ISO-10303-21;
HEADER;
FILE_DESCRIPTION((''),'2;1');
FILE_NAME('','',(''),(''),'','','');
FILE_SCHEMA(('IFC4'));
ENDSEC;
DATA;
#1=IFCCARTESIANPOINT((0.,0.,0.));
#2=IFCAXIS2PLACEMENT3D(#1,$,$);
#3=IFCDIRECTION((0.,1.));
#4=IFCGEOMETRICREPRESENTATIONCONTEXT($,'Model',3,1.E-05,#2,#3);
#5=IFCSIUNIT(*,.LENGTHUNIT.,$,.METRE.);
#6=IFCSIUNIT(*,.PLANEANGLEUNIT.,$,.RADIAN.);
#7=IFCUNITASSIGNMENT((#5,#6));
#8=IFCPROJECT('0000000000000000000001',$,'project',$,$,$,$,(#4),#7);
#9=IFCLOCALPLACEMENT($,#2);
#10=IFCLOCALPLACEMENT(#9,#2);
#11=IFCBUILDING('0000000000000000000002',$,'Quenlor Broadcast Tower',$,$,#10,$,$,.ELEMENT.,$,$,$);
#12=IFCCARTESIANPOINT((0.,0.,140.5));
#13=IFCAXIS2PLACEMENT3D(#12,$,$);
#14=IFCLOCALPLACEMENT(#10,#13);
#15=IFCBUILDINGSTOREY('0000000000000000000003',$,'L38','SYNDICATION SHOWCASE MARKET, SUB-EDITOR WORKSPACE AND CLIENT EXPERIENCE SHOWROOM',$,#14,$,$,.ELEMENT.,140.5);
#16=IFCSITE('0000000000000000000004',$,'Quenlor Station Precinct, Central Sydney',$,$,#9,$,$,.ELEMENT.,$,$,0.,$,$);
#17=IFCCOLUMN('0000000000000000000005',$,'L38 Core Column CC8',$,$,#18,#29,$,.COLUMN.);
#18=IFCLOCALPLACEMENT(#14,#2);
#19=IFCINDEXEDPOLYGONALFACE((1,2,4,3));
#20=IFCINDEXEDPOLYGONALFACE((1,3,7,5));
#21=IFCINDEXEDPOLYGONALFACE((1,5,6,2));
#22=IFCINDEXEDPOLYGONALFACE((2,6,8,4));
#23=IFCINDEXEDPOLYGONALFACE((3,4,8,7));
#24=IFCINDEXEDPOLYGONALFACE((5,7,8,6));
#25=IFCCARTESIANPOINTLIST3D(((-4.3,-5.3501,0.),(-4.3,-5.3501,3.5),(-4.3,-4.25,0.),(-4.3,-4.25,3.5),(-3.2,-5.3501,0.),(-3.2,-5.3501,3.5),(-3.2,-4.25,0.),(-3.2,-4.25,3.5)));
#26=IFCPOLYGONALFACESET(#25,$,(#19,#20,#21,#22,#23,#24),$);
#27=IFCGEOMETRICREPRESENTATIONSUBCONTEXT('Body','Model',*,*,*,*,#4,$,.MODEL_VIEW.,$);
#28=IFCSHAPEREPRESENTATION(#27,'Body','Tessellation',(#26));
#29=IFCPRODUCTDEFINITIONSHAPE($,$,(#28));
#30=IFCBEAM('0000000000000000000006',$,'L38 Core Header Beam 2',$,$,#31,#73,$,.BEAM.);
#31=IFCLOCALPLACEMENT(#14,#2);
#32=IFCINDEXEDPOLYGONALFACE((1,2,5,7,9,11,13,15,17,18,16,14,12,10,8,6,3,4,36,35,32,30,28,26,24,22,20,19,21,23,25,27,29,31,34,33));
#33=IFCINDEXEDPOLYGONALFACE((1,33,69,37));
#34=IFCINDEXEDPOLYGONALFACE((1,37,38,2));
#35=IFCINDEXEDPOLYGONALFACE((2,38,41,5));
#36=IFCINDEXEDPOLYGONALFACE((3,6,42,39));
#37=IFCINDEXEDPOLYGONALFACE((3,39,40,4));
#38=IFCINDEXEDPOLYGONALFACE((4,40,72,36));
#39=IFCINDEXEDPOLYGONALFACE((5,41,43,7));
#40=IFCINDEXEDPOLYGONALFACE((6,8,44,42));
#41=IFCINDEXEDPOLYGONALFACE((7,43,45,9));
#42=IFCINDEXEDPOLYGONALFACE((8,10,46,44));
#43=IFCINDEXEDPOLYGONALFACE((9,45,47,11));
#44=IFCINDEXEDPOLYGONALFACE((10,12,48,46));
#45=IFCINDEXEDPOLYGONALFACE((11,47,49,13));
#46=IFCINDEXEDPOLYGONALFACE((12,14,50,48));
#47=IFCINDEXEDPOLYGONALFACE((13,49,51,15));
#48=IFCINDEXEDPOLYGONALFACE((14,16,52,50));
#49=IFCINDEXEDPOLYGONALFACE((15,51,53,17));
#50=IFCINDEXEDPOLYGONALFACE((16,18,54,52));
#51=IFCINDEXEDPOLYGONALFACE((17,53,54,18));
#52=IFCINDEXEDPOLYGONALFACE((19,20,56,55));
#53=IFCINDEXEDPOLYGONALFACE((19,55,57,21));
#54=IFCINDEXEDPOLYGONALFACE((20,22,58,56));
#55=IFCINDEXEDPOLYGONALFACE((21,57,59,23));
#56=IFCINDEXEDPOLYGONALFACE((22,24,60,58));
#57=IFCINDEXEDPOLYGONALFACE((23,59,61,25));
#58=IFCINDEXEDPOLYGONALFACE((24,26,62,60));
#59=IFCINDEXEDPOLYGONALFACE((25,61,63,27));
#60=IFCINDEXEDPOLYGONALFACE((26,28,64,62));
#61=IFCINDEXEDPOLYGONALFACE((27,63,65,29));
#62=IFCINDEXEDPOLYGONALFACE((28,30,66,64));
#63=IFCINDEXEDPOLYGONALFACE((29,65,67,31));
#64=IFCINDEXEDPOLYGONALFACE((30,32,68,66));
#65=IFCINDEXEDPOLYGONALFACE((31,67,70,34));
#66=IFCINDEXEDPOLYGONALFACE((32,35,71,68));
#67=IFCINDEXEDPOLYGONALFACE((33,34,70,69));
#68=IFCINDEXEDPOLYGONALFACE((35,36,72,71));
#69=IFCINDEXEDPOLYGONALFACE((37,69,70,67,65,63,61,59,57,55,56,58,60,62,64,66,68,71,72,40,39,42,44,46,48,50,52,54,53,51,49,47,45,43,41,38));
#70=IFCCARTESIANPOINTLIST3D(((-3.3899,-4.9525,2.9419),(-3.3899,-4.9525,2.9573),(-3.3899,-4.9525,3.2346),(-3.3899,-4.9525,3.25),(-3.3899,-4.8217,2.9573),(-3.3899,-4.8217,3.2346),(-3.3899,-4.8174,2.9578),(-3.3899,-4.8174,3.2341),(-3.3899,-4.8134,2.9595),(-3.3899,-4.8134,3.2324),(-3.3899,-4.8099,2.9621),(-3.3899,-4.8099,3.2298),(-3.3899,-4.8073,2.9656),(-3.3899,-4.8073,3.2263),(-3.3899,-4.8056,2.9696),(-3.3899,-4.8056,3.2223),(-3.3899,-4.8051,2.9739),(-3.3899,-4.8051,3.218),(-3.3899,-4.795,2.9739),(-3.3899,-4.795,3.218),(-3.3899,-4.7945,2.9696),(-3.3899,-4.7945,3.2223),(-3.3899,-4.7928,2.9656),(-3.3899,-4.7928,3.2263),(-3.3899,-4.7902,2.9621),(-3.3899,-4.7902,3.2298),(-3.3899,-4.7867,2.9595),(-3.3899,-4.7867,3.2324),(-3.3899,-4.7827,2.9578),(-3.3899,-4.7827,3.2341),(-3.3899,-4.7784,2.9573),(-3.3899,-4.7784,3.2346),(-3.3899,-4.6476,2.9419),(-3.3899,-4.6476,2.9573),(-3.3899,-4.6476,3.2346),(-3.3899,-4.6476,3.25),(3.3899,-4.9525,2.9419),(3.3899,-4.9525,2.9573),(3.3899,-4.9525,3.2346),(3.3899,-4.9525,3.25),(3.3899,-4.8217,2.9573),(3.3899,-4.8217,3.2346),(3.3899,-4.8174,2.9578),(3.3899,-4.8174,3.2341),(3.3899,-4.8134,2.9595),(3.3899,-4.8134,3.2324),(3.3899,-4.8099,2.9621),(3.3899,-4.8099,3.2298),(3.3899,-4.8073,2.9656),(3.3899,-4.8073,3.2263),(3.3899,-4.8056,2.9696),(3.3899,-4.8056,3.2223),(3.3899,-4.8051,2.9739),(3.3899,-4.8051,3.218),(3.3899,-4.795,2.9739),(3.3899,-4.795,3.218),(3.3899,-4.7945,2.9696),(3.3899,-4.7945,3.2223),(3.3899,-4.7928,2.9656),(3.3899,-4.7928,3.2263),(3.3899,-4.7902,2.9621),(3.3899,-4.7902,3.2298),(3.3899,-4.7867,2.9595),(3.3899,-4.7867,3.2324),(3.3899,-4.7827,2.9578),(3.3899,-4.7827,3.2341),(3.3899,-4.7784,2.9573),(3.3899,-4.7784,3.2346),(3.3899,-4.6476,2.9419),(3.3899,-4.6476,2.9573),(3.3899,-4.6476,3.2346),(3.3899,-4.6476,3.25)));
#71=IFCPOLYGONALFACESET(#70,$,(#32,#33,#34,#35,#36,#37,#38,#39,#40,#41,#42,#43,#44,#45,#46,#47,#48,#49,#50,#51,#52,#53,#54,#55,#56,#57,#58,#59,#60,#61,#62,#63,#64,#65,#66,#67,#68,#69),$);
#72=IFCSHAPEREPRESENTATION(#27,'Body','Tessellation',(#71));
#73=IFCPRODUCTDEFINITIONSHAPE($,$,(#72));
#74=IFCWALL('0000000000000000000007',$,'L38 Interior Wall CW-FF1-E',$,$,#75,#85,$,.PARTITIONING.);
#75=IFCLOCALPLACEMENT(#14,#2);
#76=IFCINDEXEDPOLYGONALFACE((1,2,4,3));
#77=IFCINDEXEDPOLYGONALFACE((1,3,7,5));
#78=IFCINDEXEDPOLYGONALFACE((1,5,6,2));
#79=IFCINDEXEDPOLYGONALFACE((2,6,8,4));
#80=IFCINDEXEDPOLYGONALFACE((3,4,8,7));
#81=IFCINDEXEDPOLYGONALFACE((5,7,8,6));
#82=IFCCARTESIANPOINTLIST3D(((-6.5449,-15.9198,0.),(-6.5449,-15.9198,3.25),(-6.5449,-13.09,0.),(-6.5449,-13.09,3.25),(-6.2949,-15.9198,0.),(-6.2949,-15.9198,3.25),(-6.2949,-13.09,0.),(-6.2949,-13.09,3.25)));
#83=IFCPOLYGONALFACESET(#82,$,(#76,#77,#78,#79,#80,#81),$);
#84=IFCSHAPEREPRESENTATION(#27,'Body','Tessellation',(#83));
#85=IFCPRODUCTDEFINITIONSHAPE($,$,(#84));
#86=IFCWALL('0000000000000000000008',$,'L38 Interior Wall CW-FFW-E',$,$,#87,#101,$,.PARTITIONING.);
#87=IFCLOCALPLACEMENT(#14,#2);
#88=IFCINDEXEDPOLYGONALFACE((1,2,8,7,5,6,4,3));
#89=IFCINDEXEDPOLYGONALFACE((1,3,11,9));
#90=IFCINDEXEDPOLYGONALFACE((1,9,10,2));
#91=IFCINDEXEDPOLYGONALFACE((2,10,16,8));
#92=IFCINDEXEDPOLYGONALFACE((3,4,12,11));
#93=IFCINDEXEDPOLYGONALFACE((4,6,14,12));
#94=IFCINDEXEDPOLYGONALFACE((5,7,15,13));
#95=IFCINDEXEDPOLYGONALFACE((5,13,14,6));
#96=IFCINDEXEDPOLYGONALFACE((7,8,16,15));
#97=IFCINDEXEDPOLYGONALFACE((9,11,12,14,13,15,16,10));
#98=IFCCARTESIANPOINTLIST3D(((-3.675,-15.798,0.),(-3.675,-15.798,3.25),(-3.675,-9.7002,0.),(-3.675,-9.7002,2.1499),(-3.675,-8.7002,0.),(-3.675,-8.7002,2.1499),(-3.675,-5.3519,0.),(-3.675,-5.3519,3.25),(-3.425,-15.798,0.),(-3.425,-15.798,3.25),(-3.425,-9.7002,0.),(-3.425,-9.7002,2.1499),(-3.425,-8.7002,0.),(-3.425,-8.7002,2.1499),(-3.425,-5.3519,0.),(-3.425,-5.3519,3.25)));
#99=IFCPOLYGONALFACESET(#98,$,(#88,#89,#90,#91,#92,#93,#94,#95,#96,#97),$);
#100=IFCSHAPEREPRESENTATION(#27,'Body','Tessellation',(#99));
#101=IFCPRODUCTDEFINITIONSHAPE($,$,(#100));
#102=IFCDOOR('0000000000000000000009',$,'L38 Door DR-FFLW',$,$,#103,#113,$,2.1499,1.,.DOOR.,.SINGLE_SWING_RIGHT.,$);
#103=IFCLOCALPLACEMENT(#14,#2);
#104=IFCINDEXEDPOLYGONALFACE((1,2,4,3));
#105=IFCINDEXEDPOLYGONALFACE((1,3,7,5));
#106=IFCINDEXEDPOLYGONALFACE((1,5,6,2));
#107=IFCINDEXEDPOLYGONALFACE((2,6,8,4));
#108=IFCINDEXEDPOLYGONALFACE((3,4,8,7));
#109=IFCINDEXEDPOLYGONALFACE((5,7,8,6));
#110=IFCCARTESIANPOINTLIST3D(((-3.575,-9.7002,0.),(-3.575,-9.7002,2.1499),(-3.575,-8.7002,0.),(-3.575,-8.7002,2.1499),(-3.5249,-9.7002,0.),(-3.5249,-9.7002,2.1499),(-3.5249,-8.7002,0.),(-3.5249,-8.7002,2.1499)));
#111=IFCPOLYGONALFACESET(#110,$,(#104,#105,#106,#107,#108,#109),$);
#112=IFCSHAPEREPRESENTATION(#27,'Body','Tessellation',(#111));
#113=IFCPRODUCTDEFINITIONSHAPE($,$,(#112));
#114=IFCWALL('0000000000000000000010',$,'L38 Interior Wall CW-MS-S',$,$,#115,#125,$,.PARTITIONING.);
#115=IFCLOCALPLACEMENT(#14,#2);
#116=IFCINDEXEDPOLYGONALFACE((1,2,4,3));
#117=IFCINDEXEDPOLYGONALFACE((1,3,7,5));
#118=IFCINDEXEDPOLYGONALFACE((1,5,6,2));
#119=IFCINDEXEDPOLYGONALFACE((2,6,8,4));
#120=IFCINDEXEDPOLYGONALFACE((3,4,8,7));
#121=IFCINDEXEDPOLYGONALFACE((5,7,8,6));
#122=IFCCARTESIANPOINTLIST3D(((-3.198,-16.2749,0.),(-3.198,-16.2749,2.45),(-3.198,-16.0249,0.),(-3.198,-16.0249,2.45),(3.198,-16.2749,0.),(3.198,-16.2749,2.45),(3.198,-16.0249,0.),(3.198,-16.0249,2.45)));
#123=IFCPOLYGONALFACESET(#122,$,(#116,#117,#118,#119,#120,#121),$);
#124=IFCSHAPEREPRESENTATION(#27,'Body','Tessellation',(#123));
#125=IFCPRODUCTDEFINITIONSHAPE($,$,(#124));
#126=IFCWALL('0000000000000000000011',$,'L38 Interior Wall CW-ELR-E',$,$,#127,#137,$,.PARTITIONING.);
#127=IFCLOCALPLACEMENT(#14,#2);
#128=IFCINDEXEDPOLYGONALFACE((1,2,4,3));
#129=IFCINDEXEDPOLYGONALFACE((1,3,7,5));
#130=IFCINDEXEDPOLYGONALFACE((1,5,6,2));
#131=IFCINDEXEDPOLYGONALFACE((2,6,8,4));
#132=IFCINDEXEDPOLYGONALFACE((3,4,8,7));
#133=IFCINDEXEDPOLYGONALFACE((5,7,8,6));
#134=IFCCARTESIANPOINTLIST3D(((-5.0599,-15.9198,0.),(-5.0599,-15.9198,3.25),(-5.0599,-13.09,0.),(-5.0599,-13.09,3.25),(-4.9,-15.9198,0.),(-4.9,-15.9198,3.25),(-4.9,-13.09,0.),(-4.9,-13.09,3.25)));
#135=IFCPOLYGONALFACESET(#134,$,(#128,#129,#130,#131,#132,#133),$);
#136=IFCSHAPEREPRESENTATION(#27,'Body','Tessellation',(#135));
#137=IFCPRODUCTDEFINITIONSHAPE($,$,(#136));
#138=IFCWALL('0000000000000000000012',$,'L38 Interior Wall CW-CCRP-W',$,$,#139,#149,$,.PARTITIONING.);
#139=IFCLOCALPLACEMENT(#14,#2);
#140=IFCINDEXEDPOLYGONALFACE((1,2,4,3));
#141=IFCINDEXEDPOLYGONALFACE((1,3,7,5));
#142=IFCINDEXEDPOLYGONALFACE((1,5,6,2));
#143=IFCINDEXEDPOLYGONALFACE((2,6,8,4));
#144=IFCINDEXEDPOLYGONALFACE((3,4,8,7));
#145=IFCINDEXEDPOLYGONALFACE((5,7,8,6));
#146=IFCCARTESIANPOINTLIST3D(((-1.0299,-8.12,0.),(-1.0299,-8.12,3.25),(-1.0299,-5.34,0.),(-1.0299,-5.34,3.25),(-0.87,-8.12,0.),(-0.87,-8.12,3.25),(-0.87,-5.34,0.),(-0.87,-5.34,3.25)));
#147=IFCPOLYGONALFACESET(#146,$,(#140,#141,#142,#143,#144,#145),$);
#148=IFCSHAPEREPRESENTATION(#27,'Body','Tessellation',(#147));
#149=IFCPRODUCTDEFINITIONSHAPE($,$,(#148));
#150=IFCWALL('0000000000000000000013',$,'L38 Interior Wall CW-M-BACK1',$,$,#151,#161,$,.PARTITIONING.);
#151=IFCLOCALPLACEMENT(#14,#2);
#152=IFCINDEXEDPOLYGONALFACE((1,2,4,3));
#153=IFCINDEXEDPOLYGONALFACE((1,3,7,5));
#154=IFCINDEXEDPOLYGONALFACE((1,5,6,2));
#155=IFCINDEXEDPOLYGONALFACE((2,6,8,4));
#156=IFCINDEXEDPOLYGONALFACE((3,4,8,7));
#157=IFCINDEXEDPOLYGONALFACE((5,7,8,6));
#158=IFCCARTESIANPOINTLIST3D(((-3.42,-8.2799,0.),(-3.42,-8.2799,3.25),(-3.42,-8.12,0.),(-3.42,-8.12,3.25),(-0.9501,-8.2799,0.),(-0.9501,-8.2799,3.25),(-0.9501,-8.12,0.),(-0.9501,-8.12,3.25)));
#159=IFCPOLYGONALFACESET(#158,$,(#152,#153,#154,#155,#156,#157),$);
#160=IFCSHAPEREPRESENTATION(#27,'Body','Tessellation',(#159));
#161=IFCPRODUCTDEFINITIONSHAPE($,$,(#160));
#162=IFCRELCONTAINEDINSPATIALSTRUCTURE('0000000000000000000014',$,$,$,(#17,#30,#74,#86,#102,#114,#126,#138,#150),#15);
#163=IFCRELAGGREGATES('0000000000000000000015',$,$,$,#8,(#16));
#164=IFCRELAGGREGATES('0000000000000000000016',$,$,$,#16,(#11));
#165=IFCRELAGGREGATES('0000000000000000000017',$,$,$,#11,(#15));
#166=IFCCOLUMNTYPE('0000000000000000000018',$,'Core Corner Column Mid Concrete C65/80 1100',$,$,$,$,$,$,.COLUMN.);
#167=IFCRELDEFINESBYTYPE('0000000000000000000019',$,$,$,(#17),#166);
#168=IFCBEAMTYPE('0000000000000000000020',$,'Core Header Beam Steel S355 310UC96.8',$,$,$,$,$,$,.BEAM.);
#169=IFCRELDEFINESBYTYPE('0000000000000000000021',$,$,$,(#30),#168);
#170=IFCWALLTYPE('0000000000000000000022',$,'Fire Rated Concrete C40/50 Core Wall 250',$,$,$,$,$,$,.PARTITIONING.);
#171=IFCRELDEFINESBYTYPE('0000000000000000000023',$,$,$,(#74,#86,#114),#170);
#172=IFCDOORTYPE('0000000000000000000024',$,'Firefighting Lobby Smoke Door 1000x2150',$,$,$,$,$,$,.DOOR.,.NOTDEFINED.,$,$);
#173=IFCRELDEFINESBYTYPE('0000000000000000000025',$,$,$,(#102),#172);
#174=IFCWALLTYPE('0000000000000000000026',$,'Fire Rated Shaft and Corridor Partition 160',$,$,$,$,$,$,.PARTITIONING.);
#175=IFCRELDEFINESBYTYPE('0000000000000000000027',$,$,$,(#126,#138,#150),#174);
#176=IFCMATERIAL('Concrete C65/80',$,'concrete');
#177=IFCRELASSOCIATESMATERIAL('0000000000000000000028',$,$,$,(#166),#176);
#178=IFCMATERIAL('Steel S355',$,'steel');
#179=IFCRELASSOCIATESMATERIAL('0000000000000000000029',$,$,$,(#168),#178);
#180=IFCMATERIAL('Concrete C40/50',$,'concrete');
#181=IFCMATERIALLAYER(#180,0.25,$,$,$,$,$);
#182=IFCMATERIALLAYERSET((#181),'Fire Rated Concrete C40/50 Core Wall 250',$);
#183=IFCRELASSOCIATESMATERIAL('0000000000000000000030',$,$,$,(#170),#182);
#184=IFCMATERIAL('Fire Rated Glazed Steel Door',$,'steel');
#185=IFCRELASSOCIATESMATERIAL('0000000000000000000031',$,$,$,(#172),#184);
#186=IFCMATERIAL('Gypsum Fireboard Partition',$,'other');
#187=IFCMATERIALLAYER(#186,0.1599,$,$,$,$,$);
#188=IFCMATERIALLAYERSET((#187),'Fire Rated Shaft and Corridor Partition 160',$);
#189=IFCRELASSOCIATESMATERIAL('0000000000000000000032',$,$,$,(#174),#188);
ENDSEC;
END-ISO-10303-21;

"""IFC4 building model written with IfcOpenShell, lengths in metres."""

from ifc_helpers import new_model, si_unit, direction, frame, frame_2d, origin, origin_2d, place, context, subcontext, project, spatial, rectangle, i_section, extrude, material, layer, layer_set, material_profile, profile_set, type_object, element, fill, save


model = new_model("IFC4")

# Units and contexts
model_context = context("Model", 3, precision=1e-05, world=origin(), true_north=direction((0.0, 1.0)))
body_context = subcontext(model_context, "Body", "Model", "MODEL_VIEW")
ifc_project = project(units=[si_unit("LENGTHUNIT", "METRE"), si_unit("PLANEANGLEUNIT", "RADIAN")], contexts=[model_context])

# Site, building, storey
site_placement = place(None, origin())
site = spatial("IfcSite", under=ifc_project, at=site_placement, Name="Quenlor Station Precinct, Central Sydney", CompositionType="ELEMENT", RefElevation=0.0)
building_placement = place(site_placement, origin())
building = spatial("IfcBuilding", under=site, at=building_placement, Name="Quenlor Broadcast Tower", CompositionType="ELEMENT")
storey_placement = place(building_placement, frame((0.0, 0.0, 140.5)))
storey = spatial("IfcBuildingStorey", under=building, at=storey_placement, Name="L38", Description="SYNDICATION SHOWCASE MARKET, SUB-EDITOR WORKSPACE AND CLIENT EXPERIENCE SHOWROOM", CompositionType="ELEMENT", Elevation=140.5)

# Column
ifc_material_1 = material(Name="Concrete C65/80", Category="concrete")
ifc_material_profile_1 = material_profile(ifc_material_1, rectangle(XDim=1.1001, YDim=1.1001, at=origin_2d()))
ifc_profile_set_1 = profile_set([ifc_material_profile_1], Name="Concrete C65/80 RC1100x1100")
column_type = type_object("IfcColumnType", Name="Core Corner Column Mid Concrete C65/80 1100", PredefinedType="COLUMN", material=ifc_profile_set_1)
column_placement = place(storey_placement, frame((-3.75, -4.8, 0.0), z_axis=(0.0, 0.0, 1.0), x_axis=(1.0, 0.0, 0.0)))
element("IfcColumn", 1, at=column_placement, inside=storey, type_object=column_type, Name="L38 Core Column CC8", PredefinedType="COLUMN", context=body_context, shape_type="SweptSolid", body=[
    extrude(rectangle(XDim=1.1001, YDim=1.1001, at=origin_2d()), origin(), (0.0, 0.0, 1.0), 3.5),
])

# Beam
ifc_material_2 = material(Name="Steel S355", Category="steel")
ifc_material_profile_2 = material_profile(ifc_material_2, i_section(OverallWidth=0.3049, OverallDepth=0.3081, WebThickness=0.01, FlangeThickness=0.0154, FilletRadius=0.0166, at=origin_2d()))
ifc_profile_set_2 = profile_set([ifc_material_profile_2], Name="Steel S355 310UC96.8")
beam_type = type_object("IfcBeamType", Name="Core Header Beam Steel S355 310UC96.8", PredefinedType="BEAM", material=ifc_profile_set_2)
beam_placement = place(storey_placement, frame((-3.3899, -4.8, 3.0959), z_axis=(1.0, 0.0, 0.0), x_axis=(0.0, 1.0, 0.0)))
element("IfcBeam", 2, at=beam_placement, inside=storey, type_object=beam_type, Name="L38 Core Header Beam 2", PredefinedType="BEAM", context=body_context, shape_type="SweptSolid", body=[
    extrude(i_section(OverallWidth=0.3049, OverallDepth=0.3081, WebThickness=0.01, FlangeThickness=0.0154, FilletRadius=0.0166, at=origin_2d()), origin(), (0.0, 0.0, 1.0), 6.7798),
])

# Shared definitions
ifc_material_3 = material(Name="Concrete C40/50", Category="concrete")
ifc_layer_1 = layer(ifc_material_3, 0.25)
ifc_layer_set_1 = layer_set([ifc_layer_1], Name="Fire Rated Concrete C40/50 Core Wall 250")
wall_type_1 = type_object("IfcWallType", Name="Fire Rated Concrete C40/50 Core Wall 250", PredefinedType="PARTITIONING", material=ifc_layer_set_1)

# Wall
wall_1_placement = place(storey_placement, frame((-6.4199, -15.9199, 0.0), z_axis=(0.0, 0.0, 1.0), x_axis=(0.0, 1.0, 0.0)))
element("IfcWall", 3, at=wall_1_placement, inside=storey, type_object=wall_type_1, Name="L38 Interior Wall CW-FF1-E", PredefinedType="PARTITIONING", context=body_context, shape_type="SweptSolid", body=[
    extrude(rectangle(XDim=2.8298, YDim=0.25, at=frame_2d((1.415, 0.0))), origin(), (0.0, 0.0, 1.0), 3.25),
])

# Wall, opening, door
wall_2_placement = place(storey_placement, frame((-3.55, -15.7981, 0.0), z_axis=(0.0, 0.0, 1.0), x_axis=(0.0, 1.0, 0.0)))
wall_2 = element("IfcWall", 4, at=wall_2_placement, inside=storey, type_object=wall_type_1, Name="L38 Interior Wall CW-FFW-E", PredefinedType="PARTITIONING", context=body_context, shape_type="SweptSolid", body=[
    extrude(rectangle(XDim=10.446, YDim=0.25, at=frame_2d((5.2231, 0.0))), origin(), (0.0, 0.0, 1.0), 3.25),
])
opening_1_placement = place(wall_2_placement, frame((6.0979, 0.0, 0.0)))
opening_1 = element("IfcOpeningElement", 5, at=opening_1_placement, cuts=wall_2, PredefinedType="OPENING", context=body_context, shape_type="SweptSolid", body=[
    extrude(rectangle(XDim=1.0, YDim=2.1499, at=frame_2d((0.5, 1.075))), frame((0.0, 0.135, 0.0), z_axis=(0.0, -1.0, 0.0), x_axis=(1.0, 0.0, 0.0)), (0.0, 0.0, 1.0), 0.27),
])
ifc_material_4 = material(Name="Fire Rated Glazed Steel Door", Category="steel")
door_type_1 = type_object("IfcDoorType", Name="Firefighting Lobby Smoke Door 1000x2150", OperationType="NOTDEFINED", PredefinedType="DOOR", material=ifc_material_4)
door_1_placement = place(opening_1_placement, origin())
door_1 = element("IfcDoor", 6, at=door_1_placement, inside=storey, type_object=door_type_1, Name="L38 Door DR-FFLW", OperationType="SINGLE_SWING_RIGHT", OverallHeight=2.1499, OverallWidth=1.0, PredefinedType="DOOR", context=body_context, shape_type="SweptSolid", body=[
    extrude(rectangle(XDim=1.0, YDim=2.1499, at=frame_2d((0.5, 1.075))), frame((0.0, 0.0249, 0.0), z_axis=(0.0, -1.0, 0.0), x_axis=(1.0, 0.0, 0.0)), (0.0, 0.0, 1.0), 0.05),
])
fill(opening_1, door_1)

# Wall
wall_3_placement = place(storey_placement, frame((-3.198, -16.1499, 0.0), z_axis=(0.0, 0.0, 1.0), x_axis=(1.0, 0.0, 0.0)))
element("IfcWall", 7, at=wall_3_placement, inside=storey, type_object=wall_type_1, Name="L38 Interior Wall CW-MS-S", PredefinedType="PARTITIONING", context=body_context, shape_type="SweptSolid", body=[
    extrude(rectangle(XDim=6.396, YDim=0.25, at=frame_2d((3.198, 0.0))), origin(), (0.0, 0.0, 1.0), 2.45),
])

# Walls
ifc_material_5 = material(Name="Gypsum Fireboard Partition", Category="other")
ifc_layer_2 = layer(ifc_material_5, 0.1599)
ifc_layer_set_2 = layer_set([ifc_layer_2], Name="Fire Rated Shaft and Corridor Partition 160")
wall_type_2 = type_object("IfcWallType", Name="Fire Rated Shaft and Corridor Partition 160", PredefinedType="PARTITIONING", material=ifc_layer_set_2)
wall_4_placement = place(storey_placement, frame((-4.98, -15.9199, 0.0), z_axis=(0.0, 0.0, 1.0), x_axis=(0.0, 1.0, 0.0)))
element("IfcWall", 8, at=wall_4_placement, inside=storey, type_object=wall_type_2, Name="L38 Interior Wall CW-ELR-E", PredefinedType="PARTITIONING", context=body_context, shape_type="SweptSolid", body=[
    extrude(rectangle(XDim=2.8298, YDim=0.1599, at=frame_2d((1.415, 0.0))), origin(), (0.0, 0.0, 1.0), 3.25),
])
wall_5_placement = place(storey_placement, frame((-0.95, -8.1201, 0.0), z_axis=(0.0, 0.0, 1.0), x_axis=(0.0, 1.0, 0.0)))
element("IfcWall", 9, at=wall_5_placement, inside=storey, type_object=wall_type_2, Name="L38 Interior Wall CW-CCRP-W", PredefinedType="PARTITIONING", context=body_context, shape_type="SweptSolid", body=[
    extrude(rectangle(XDim=2.78, YDim=0.1599, at=frame_2d((1.3901, 0.0))), origin(), (0.0, 0.0, 1.0), 3.25),
])
wall_6_placement = place(storey_placement, frame((-3.4199, -8.2, 0.0), z_axis=(0.0, 0.0, 1.0), x_axis=(1.0, 0.0, 0.0)))
element("IfcWall", 10, at=wall_6_placement, inside=storey, type_object=wall_type_2, Name="L38 Interior Wall CW-M-BACK1", PredefinedType="PARTITIONING", context=body_context, shape_type="SweptSolid", body=[
    extrude(rectangle(XDim=2.47, YDim=0.1599, at=frame_2d((1.2349, 0.0))), origin(), (0.0, 0.0, 1.0), 3.25),
])

save(model, "model.ifc")
